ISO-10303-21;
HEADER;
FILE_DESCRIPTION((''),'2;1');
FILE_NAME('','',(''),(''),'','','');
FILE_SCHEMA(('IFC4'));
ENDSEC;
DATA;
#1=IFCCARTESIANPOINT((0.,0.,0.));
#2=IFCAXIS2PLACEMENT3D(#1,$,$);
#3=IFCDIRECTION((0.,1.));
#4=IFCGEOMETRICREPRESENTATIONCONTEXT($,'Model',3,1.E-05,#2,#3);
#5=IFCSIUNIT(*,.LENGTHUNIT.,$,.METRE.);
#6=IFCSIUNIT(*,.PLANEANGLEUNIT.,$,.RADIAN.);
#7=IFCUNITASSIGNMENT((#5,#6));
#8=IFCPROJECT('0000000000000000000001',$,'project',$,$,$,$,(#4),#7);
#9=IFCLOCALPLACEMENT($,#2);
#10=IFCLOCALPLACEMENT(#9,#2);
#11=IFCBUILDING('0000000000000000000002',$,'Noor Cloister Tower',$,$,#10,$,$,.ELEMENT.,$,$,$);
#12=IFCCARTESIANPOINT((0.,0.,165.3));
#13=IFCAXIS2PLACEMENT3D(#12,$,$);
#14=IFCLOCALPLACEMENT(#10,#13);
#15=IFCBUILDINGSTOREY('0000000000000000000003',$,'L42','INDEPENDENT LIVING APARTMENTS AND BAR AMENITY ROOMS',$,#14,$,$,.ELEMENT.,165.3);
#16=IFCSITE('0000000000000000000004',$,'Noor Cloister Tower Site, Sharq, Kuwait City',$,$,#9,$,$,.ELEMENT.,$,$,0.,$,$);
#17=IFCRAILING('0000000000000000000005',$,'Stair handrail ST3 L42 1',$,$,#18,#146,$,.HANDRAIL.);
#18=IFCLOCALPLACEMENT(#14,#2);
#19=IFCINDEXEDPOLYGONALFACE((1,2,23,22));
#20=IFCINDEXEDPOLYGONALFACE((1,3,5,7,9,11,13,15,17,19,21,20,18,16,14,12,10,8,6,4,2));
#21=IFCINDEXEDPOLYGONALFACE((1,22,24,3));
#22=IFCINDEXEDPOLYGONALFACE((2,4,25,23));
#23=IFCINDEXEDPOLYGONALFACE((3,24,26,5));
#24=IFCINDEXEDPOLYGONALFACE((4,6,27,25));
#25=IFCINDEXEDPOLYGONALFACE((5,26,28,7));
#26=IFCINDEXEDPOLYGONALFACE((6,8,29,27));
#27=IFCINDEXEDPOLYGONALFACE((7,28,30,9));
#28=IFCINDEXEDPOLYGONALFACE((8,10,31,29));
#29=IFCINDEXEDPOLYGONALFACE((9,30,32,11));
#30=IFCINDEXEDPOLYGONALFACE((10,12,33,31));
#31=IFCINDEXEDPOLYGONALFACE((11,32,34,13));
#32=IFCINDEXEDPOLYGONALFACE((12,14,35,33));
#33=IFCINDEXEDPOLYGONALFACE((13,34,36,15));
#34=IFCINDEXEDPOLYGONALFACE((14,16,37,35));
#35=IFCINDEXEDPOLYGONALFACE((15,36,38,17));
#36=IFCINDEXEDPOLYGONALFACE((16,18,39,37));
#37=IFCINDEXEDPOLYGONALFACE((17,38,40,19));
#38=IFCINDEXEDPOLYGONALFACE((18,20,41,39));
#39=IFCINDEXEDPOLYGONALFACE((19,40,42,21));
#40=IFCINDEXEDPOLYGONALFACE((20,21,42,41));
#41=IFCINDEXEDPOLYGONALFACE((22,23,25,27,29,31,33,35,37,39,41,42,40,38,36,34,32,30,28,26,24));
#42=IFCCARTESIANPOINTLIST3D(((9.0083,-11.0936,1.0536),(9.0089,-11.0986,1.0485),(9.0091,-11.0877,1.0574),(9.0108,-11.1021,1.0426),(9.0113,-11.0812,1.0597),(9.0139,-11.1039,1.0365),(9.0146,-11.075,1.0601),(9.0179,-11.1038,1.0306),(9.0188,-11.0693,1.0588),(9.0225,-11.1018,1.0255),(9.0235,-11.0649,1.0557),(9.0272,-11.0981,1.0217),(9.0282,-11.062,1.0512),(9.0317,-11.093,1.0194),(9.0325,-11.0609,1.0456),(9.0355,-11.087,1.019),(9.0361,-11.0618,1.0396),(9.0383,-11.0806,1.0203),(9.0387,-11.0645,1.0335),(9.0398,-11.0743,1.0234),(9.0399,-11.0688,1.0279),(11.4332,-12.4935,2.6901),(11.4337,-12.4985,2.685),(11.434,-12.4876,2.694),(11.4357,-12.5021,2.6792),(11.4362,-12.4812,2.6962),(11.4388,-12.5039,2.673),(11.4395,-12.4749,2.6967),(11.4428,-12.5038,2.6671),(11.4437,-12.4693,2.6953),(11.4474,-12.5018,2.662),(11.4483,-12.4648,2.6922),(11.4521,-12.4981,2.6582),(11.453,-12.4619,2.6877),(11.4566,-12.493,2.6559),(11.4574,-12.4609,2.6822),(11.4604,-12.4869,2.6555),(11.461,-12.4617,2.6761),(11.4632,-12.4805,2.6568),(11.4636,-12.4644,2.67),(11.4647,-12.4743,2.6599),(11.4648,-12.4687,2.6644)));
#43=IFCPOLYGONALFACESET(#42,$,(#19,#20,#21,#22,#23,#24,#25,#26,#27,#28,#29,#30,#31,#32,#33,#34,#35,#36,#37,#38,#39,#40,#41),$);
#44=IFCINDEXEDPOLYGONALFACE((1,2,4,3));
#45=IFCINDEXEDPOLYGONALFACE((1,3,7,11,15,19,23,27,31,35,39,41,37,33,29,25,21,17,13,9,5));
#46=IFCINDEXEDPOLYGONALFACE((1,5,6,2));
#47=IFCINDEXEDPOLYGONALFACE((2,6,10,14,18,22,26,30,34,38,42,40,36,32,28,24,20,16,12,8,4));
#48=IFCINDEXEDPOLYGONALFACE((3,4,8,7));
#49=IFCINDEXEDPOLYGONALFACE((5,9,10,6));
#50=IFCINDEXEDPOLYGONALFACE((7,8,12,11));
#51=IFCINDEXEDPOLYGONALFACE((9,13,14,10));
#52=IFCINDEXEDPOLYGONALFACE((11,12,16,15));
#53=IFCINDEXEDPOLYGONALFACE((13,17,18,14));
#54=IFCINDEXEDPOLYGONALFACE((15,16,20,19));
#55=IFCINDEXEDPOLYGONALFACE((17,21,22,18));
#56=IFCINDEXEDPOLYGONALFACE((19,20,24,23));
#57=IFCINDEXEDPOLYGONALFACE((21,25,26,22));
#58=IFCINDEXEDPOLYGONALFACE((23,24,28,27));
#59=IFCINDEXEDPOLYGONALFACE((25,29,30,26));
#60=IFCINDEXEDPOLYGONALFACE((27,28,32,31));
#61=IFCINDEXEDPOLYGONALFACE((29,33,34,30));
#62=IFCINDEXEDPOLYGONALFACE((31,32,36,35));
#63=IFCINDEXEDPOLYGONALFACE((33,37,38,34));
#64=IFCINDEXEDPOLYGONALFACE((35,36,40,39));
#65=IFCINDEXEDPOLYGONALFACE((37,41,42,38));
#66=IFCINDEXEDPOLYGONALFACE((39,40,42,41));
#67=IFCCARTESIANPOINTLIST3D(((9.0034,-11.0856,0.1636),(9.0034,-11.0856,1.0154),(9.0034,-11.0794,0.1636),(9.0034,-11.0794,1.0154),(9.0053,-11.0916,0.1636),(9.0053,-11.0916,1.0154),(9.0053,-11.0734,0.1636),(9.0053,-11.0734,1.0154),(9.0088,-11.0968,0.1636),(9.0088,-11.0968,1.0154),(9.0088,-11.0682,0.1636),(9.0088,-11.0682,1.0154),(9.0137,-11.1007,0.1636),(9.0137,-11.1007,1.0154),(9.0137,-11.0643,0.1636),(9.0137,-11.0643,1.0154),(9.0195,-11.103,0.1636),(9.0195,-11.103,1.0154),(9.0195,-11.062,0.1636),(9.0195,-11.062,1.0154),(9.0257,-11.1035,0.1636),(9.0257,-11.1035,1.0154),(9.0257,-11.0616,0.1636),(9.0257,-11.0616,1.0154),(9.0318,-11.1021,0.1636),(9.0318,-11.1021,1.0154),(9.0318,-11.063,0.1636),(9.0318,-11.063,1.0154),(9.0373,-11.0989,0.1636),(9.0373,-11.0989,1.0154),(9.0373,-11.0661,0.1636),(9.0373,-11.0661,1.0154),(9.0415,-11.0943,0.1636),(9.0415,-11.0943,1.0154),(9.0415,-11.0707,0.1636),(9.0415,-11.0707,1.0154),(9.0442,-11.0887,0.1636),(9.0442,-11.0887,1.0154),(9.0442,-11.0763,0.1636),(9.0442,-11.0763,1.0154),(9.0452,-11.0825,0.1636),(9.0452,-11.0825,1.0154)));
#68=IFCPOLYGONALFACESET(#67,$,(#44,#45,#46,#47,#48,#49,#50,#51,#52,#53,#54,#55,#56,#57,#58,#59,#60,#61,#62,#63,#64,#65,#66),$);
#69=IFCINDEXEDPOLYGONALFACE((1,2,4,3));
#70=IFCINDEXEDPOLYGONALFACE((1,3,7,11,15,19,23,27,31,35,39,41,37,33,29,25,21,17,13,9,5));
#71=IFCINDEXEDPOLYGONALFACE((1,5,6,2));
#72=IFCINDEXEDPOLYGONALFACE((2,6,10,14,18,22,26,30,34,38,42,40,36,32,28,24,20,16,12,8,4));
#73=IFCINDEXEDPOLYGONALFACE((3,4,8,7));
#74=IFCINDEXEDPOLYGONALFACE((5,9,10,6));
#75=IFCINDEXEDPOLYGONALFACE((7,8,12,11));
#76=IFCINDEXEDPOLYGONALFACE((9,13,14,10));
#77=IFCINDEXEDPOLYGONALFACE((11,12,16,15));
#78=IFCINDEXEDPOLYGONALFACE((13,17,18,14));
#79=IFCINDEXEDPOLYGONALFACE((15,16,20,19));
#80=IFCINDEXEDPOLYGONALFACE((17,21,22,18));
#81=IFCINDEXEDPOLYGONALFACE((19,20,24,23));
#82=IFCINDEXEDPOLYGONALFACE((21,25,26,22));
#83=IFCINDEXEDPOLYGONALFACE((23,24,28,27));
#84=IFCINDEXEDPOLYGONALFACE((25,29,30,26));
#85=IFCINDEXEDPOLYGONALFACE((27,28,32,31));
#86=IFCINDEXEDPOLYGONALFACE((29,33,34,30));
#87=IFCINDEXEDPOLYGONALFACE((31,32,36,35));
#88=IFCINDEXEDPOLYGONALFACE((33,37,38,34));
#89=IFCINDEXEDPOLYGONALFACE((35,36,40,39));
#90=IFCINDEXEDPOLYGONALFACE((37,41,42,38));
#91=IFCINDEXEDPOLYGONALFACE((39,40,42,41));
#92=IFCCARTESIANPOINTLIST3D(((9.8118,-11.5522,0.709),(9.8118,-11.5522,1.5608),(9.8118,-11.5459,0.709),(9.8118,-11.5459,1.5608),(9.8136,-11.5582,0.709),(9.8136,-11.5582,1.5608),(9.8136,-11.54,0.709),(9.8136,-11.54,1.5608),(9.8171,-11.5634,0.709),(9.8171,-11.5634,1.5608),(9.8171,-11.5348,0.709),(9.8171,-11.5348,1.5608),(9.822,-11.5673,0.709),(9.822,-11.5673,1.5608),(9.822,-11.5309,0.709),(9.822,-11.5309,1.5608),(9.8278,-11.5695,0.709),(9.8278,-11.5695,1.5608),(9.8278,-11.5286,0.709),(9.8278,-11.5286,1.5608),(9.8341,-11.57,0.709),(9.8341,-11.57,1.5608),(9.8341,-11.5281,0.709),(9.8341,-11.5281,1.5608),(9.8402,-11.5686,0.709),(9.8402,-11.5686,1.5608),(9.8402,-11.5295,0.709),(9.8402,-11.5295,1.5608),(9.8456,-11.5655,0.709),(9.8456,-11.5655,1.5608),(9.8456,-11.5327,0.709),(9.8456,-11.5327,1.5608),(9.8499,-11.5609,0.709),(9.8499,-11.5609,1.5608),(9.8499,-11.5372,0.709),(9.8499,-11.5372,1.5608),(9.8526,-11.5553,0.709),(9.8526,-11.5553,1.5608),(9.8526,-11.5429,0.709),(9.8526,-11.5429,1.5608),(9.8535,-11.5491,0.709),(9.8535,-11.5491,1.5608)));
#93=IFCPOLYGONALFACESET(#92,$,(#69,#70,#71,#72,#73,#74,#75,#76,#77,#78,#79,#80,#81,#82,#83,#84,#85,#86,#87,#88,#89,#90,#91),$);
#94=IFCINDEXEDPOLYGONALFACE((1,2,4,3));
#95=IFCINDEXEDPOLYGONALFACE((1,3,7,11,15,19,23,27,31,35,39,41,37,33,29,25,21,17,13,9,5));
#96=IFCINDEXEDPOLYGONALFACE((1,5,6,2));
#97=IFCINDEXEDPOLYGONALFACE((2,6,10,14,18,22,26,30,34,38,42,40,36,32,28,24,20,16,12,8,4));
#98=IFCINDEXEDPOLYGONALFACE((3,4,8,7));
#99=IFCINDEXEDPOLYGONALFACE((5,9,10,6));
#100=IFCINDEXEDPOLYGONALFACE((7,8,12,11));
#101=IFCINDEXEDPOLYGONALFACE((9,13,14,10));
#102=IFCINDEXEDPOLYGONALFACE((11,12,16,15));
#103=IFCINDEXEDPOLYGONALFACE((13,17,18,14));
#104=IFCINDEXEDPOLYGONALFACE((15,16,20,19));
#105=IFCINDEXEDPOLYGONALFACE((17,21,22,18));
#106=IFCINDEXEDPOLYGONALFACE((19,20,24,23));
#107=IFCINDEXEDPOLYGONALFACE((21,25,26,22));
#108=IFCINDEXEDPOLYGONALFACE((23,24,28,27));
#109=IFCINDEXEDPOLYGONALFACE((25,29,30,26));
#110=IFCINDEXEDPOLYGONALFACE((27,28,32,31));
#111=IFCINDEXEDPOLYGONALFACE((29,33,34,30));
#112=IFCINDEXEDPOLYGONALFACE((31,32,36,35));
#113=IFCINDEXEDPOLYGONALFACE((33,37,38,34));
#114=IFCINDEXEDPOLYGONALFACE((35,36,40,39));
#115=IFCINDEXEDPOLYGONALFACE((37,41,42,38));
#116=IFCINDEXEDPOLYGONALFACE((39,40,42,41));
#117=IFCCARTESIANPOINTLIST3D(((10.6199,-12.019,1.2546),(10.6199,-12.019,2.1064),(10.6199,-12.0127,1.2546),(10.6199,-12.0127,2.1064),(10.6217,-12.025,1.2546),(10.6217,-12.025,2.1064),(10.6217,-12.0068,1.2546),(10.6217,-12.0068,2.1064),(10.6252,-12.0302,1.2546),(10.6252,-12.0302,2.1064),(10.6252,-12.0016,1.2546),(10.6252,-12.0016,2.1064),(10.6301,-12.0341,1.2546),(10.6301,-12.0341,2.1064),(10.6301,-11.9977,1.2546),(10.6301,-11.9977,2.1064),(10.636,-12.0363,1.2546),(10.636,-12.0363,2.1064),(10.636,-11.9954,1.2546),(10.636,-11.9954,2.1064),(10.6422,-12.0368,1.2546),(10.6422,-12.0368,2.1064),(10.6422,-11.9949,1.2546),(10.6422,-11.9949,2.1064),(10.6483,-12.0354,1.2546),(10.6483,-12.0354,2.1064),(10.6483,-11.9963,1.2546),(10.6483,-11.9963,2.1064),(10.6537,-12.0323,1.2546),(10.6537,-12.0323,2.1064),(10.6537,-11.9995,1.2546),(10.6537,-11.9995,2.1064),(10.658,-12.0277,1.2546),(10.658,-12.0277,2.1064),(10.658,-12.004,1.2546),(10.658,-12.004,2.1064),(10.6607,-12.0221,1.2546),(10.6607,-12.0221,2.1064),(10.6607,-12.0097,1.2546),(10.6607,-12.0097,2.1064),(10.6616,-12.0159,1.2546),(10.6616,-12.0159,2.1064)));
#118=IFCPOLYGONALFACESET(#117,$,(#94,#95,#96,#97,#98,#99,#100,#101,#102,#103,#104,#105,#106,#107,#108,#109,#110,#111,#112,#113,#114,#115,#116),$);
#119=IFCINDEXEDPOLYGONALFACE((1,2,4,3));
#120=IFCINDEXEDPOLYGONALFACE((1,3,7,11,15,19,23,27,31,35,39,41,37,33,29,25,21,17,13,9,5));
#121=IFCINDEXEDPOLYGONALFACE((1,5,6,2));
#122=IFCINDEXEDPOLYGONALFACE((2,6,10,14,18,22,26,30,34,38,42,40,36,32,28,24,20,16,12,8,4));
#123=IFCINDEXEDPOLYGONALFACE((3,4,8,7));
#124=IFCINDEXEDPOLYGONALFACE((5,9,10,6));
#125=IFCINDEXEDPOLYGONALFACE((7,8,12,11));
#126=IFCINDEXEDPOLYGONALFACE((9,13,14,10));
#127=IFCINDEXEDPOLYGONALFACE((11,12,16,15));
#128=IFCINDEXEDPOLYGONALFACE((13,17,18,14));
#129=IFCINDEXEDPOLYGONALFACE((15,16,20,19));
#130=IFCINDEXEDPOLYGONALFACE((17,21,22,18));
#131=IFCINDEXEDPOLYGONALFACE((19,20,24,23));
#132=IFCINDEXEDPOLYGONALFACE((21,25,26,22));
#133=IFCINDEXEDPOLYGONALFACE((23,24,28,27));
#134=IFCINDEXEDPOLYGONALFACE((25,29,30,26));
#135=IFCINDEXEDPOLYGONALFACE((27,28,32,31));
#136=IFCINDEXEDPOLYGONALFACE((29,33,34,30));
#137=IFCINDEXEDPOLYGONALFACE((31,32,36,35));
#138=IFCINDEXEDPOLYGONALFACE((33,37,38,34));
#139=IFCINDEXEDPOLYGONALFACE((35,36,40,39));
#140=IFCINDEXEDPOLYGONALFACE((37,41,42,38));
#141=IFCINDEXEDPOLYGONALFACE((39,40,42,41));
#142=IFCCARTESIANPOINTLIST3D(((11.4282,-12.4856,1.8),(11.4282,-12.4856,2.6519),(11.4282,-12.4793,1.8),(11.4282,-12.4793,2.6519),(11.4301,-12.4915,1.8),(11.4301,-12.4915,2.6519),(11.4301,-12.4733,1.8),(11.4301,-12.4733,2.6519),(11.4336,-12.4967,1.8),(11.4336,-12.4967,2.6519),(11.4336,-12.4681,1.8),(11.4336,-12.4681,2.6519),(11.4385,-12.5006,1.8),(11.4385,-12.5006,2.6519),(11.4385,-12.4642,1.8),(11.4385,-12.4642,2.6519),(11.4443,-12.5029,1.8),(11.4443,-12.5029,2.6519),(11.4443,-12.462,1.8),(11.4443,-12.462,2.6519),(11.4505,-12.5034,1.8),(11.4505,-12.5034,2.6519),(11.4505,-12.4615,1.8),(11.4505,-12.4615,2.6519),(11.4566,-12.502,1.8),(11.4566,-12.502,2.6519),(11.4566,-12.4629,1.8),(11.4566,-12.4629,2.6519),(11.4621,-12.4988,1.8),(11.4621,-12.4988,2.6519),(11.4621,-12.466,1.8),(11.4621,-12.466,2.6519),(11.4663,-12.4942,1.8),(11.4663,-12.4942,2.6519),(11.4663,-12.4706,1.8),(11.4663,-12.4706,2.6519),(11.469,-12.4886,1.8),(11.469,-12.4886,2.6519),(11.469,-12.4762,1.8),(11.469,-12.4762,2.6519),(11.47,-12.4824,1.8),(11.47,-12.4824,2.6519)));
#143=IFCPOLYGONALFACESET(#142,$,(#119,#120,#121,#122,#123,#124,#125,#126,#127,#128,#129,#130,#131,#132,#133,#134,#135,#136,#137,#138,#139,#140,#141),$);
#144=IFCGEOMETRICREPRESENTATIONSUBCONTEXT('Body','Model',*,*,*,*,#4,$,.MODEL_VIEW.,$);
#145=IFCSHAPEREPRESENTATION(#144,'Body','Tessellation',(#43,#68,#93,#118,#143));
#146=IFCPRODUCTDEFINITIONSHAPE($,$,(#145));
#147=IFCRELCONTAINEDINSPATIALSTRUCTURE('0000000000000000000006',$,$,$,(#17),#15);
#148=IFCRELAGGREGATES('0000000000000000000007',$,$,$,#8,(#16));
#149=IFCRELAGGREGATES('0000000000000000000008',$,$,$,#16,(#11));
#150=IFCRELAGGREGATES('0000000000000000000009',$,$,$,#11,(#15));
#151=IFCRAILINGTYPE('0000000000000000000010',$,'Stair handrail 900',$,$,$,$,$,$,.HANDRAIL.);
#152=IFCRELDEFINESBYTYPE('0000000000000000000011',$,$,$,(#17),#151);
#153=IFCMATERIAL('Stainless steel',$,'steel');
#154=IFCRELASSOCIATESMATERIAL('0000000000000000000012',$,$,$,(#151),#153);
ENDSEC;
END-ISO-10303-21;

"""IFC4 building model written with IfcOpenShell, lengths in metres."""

from ifc_helpers import new_model, si_unit, direction, frame, origin, origin_2d, place, context, subcontext, project, spatial, circle, extrude, material, type_object, element, save


model = new_model("IFC4")

# Units and contexts
model_context = context("Model", 3, precision=1e-05, world=origin(), true_north=direction((0.0, 1.0)))
body_context = subcontext(model_context, "Body", "Model", "MODEL_VIEW")
ifc_project = project(units=[si_unit("LENGTHUNIT", "METRE"), si_unit("PLANEANGLEUNIT", "RADIAN")], contexts=[model_context])

# Site, building, storey
site_placement = place(None, origin())
site = spatial("IfcSite", under=ifc_project, at=site_placement, Name="Noor Cloister Tower Site, Sharq, Kuwait City", CompositionType="ELEMENT", RefElevation=0.0)
building_placement = place(site_placement, origin())
building = spatial("IfcBuilding", under=site, at=building_placement, Name="Noor Cloister Tower", CompositionType="ELEMENT")
storey_placement = place(building_placement, frame((0.0, 0.0, 165.3)))
storey = spatial("IfcBuildingStorey", under=building, at=storey_placement, Name="L42", Description="INDEPENDENT LIVING APARTMENTS AND BAR AMENITY ROOMS", CompositionType="ELEMENT", Elevation=165.3)

# Railing
ifc_material_1 = material(Name="Stainless steel", Category="steel")
railing_type = type_object("IfcRailingType", Name="Stair handrail 900", PredefinedType="HANDRAIL", material=ifc_material_1)
railing_placement = place(storey_placement, frame((9.0242, -11.0825, 0.1636)))
element("IfcRailing", 1, at=railing_placement, inside=storey, type_object=railing_type, Name="Stair handrail ST3 L42 1", PredefinedType="HANDRAIL", context=body_context, shape_type="SweptSolid", body=[
    extrude(circle(Radius=0.0239, at=origin_2d()), frame((0.0, 0.0, 0.876), z_axis=(0.74769, -0.431661, 0.504608), x_axis=(0.499984, 0.866035, 0.0)), (0.0, 0.0, 1.0), 3.2432),
    extrude(circle(Radius=0.021, at=origin_2d()), origin(), (0.0, 0.0, 1.0), 0.8518),
    extrude(circle(Radius=0.021, at=origin_2d()), frame((0.8083, -0.4666, 0.5454)), (0.0, 0.0, 1.0), 0.8518),
    extrude(circle(Radius=0.021, at=origin_2d()), frame((1.6165, -0.9333, 1.0911)), (0.0, 0.0, 1.0), 0.8518),
    extrude(circle(Radius=0.021, at=origin_2d()), frame((2.4248, -1.3999, 1.6365)), (0.0, 0.0, 1.0), 0.8518),
])

save(model, "model.ifc")
